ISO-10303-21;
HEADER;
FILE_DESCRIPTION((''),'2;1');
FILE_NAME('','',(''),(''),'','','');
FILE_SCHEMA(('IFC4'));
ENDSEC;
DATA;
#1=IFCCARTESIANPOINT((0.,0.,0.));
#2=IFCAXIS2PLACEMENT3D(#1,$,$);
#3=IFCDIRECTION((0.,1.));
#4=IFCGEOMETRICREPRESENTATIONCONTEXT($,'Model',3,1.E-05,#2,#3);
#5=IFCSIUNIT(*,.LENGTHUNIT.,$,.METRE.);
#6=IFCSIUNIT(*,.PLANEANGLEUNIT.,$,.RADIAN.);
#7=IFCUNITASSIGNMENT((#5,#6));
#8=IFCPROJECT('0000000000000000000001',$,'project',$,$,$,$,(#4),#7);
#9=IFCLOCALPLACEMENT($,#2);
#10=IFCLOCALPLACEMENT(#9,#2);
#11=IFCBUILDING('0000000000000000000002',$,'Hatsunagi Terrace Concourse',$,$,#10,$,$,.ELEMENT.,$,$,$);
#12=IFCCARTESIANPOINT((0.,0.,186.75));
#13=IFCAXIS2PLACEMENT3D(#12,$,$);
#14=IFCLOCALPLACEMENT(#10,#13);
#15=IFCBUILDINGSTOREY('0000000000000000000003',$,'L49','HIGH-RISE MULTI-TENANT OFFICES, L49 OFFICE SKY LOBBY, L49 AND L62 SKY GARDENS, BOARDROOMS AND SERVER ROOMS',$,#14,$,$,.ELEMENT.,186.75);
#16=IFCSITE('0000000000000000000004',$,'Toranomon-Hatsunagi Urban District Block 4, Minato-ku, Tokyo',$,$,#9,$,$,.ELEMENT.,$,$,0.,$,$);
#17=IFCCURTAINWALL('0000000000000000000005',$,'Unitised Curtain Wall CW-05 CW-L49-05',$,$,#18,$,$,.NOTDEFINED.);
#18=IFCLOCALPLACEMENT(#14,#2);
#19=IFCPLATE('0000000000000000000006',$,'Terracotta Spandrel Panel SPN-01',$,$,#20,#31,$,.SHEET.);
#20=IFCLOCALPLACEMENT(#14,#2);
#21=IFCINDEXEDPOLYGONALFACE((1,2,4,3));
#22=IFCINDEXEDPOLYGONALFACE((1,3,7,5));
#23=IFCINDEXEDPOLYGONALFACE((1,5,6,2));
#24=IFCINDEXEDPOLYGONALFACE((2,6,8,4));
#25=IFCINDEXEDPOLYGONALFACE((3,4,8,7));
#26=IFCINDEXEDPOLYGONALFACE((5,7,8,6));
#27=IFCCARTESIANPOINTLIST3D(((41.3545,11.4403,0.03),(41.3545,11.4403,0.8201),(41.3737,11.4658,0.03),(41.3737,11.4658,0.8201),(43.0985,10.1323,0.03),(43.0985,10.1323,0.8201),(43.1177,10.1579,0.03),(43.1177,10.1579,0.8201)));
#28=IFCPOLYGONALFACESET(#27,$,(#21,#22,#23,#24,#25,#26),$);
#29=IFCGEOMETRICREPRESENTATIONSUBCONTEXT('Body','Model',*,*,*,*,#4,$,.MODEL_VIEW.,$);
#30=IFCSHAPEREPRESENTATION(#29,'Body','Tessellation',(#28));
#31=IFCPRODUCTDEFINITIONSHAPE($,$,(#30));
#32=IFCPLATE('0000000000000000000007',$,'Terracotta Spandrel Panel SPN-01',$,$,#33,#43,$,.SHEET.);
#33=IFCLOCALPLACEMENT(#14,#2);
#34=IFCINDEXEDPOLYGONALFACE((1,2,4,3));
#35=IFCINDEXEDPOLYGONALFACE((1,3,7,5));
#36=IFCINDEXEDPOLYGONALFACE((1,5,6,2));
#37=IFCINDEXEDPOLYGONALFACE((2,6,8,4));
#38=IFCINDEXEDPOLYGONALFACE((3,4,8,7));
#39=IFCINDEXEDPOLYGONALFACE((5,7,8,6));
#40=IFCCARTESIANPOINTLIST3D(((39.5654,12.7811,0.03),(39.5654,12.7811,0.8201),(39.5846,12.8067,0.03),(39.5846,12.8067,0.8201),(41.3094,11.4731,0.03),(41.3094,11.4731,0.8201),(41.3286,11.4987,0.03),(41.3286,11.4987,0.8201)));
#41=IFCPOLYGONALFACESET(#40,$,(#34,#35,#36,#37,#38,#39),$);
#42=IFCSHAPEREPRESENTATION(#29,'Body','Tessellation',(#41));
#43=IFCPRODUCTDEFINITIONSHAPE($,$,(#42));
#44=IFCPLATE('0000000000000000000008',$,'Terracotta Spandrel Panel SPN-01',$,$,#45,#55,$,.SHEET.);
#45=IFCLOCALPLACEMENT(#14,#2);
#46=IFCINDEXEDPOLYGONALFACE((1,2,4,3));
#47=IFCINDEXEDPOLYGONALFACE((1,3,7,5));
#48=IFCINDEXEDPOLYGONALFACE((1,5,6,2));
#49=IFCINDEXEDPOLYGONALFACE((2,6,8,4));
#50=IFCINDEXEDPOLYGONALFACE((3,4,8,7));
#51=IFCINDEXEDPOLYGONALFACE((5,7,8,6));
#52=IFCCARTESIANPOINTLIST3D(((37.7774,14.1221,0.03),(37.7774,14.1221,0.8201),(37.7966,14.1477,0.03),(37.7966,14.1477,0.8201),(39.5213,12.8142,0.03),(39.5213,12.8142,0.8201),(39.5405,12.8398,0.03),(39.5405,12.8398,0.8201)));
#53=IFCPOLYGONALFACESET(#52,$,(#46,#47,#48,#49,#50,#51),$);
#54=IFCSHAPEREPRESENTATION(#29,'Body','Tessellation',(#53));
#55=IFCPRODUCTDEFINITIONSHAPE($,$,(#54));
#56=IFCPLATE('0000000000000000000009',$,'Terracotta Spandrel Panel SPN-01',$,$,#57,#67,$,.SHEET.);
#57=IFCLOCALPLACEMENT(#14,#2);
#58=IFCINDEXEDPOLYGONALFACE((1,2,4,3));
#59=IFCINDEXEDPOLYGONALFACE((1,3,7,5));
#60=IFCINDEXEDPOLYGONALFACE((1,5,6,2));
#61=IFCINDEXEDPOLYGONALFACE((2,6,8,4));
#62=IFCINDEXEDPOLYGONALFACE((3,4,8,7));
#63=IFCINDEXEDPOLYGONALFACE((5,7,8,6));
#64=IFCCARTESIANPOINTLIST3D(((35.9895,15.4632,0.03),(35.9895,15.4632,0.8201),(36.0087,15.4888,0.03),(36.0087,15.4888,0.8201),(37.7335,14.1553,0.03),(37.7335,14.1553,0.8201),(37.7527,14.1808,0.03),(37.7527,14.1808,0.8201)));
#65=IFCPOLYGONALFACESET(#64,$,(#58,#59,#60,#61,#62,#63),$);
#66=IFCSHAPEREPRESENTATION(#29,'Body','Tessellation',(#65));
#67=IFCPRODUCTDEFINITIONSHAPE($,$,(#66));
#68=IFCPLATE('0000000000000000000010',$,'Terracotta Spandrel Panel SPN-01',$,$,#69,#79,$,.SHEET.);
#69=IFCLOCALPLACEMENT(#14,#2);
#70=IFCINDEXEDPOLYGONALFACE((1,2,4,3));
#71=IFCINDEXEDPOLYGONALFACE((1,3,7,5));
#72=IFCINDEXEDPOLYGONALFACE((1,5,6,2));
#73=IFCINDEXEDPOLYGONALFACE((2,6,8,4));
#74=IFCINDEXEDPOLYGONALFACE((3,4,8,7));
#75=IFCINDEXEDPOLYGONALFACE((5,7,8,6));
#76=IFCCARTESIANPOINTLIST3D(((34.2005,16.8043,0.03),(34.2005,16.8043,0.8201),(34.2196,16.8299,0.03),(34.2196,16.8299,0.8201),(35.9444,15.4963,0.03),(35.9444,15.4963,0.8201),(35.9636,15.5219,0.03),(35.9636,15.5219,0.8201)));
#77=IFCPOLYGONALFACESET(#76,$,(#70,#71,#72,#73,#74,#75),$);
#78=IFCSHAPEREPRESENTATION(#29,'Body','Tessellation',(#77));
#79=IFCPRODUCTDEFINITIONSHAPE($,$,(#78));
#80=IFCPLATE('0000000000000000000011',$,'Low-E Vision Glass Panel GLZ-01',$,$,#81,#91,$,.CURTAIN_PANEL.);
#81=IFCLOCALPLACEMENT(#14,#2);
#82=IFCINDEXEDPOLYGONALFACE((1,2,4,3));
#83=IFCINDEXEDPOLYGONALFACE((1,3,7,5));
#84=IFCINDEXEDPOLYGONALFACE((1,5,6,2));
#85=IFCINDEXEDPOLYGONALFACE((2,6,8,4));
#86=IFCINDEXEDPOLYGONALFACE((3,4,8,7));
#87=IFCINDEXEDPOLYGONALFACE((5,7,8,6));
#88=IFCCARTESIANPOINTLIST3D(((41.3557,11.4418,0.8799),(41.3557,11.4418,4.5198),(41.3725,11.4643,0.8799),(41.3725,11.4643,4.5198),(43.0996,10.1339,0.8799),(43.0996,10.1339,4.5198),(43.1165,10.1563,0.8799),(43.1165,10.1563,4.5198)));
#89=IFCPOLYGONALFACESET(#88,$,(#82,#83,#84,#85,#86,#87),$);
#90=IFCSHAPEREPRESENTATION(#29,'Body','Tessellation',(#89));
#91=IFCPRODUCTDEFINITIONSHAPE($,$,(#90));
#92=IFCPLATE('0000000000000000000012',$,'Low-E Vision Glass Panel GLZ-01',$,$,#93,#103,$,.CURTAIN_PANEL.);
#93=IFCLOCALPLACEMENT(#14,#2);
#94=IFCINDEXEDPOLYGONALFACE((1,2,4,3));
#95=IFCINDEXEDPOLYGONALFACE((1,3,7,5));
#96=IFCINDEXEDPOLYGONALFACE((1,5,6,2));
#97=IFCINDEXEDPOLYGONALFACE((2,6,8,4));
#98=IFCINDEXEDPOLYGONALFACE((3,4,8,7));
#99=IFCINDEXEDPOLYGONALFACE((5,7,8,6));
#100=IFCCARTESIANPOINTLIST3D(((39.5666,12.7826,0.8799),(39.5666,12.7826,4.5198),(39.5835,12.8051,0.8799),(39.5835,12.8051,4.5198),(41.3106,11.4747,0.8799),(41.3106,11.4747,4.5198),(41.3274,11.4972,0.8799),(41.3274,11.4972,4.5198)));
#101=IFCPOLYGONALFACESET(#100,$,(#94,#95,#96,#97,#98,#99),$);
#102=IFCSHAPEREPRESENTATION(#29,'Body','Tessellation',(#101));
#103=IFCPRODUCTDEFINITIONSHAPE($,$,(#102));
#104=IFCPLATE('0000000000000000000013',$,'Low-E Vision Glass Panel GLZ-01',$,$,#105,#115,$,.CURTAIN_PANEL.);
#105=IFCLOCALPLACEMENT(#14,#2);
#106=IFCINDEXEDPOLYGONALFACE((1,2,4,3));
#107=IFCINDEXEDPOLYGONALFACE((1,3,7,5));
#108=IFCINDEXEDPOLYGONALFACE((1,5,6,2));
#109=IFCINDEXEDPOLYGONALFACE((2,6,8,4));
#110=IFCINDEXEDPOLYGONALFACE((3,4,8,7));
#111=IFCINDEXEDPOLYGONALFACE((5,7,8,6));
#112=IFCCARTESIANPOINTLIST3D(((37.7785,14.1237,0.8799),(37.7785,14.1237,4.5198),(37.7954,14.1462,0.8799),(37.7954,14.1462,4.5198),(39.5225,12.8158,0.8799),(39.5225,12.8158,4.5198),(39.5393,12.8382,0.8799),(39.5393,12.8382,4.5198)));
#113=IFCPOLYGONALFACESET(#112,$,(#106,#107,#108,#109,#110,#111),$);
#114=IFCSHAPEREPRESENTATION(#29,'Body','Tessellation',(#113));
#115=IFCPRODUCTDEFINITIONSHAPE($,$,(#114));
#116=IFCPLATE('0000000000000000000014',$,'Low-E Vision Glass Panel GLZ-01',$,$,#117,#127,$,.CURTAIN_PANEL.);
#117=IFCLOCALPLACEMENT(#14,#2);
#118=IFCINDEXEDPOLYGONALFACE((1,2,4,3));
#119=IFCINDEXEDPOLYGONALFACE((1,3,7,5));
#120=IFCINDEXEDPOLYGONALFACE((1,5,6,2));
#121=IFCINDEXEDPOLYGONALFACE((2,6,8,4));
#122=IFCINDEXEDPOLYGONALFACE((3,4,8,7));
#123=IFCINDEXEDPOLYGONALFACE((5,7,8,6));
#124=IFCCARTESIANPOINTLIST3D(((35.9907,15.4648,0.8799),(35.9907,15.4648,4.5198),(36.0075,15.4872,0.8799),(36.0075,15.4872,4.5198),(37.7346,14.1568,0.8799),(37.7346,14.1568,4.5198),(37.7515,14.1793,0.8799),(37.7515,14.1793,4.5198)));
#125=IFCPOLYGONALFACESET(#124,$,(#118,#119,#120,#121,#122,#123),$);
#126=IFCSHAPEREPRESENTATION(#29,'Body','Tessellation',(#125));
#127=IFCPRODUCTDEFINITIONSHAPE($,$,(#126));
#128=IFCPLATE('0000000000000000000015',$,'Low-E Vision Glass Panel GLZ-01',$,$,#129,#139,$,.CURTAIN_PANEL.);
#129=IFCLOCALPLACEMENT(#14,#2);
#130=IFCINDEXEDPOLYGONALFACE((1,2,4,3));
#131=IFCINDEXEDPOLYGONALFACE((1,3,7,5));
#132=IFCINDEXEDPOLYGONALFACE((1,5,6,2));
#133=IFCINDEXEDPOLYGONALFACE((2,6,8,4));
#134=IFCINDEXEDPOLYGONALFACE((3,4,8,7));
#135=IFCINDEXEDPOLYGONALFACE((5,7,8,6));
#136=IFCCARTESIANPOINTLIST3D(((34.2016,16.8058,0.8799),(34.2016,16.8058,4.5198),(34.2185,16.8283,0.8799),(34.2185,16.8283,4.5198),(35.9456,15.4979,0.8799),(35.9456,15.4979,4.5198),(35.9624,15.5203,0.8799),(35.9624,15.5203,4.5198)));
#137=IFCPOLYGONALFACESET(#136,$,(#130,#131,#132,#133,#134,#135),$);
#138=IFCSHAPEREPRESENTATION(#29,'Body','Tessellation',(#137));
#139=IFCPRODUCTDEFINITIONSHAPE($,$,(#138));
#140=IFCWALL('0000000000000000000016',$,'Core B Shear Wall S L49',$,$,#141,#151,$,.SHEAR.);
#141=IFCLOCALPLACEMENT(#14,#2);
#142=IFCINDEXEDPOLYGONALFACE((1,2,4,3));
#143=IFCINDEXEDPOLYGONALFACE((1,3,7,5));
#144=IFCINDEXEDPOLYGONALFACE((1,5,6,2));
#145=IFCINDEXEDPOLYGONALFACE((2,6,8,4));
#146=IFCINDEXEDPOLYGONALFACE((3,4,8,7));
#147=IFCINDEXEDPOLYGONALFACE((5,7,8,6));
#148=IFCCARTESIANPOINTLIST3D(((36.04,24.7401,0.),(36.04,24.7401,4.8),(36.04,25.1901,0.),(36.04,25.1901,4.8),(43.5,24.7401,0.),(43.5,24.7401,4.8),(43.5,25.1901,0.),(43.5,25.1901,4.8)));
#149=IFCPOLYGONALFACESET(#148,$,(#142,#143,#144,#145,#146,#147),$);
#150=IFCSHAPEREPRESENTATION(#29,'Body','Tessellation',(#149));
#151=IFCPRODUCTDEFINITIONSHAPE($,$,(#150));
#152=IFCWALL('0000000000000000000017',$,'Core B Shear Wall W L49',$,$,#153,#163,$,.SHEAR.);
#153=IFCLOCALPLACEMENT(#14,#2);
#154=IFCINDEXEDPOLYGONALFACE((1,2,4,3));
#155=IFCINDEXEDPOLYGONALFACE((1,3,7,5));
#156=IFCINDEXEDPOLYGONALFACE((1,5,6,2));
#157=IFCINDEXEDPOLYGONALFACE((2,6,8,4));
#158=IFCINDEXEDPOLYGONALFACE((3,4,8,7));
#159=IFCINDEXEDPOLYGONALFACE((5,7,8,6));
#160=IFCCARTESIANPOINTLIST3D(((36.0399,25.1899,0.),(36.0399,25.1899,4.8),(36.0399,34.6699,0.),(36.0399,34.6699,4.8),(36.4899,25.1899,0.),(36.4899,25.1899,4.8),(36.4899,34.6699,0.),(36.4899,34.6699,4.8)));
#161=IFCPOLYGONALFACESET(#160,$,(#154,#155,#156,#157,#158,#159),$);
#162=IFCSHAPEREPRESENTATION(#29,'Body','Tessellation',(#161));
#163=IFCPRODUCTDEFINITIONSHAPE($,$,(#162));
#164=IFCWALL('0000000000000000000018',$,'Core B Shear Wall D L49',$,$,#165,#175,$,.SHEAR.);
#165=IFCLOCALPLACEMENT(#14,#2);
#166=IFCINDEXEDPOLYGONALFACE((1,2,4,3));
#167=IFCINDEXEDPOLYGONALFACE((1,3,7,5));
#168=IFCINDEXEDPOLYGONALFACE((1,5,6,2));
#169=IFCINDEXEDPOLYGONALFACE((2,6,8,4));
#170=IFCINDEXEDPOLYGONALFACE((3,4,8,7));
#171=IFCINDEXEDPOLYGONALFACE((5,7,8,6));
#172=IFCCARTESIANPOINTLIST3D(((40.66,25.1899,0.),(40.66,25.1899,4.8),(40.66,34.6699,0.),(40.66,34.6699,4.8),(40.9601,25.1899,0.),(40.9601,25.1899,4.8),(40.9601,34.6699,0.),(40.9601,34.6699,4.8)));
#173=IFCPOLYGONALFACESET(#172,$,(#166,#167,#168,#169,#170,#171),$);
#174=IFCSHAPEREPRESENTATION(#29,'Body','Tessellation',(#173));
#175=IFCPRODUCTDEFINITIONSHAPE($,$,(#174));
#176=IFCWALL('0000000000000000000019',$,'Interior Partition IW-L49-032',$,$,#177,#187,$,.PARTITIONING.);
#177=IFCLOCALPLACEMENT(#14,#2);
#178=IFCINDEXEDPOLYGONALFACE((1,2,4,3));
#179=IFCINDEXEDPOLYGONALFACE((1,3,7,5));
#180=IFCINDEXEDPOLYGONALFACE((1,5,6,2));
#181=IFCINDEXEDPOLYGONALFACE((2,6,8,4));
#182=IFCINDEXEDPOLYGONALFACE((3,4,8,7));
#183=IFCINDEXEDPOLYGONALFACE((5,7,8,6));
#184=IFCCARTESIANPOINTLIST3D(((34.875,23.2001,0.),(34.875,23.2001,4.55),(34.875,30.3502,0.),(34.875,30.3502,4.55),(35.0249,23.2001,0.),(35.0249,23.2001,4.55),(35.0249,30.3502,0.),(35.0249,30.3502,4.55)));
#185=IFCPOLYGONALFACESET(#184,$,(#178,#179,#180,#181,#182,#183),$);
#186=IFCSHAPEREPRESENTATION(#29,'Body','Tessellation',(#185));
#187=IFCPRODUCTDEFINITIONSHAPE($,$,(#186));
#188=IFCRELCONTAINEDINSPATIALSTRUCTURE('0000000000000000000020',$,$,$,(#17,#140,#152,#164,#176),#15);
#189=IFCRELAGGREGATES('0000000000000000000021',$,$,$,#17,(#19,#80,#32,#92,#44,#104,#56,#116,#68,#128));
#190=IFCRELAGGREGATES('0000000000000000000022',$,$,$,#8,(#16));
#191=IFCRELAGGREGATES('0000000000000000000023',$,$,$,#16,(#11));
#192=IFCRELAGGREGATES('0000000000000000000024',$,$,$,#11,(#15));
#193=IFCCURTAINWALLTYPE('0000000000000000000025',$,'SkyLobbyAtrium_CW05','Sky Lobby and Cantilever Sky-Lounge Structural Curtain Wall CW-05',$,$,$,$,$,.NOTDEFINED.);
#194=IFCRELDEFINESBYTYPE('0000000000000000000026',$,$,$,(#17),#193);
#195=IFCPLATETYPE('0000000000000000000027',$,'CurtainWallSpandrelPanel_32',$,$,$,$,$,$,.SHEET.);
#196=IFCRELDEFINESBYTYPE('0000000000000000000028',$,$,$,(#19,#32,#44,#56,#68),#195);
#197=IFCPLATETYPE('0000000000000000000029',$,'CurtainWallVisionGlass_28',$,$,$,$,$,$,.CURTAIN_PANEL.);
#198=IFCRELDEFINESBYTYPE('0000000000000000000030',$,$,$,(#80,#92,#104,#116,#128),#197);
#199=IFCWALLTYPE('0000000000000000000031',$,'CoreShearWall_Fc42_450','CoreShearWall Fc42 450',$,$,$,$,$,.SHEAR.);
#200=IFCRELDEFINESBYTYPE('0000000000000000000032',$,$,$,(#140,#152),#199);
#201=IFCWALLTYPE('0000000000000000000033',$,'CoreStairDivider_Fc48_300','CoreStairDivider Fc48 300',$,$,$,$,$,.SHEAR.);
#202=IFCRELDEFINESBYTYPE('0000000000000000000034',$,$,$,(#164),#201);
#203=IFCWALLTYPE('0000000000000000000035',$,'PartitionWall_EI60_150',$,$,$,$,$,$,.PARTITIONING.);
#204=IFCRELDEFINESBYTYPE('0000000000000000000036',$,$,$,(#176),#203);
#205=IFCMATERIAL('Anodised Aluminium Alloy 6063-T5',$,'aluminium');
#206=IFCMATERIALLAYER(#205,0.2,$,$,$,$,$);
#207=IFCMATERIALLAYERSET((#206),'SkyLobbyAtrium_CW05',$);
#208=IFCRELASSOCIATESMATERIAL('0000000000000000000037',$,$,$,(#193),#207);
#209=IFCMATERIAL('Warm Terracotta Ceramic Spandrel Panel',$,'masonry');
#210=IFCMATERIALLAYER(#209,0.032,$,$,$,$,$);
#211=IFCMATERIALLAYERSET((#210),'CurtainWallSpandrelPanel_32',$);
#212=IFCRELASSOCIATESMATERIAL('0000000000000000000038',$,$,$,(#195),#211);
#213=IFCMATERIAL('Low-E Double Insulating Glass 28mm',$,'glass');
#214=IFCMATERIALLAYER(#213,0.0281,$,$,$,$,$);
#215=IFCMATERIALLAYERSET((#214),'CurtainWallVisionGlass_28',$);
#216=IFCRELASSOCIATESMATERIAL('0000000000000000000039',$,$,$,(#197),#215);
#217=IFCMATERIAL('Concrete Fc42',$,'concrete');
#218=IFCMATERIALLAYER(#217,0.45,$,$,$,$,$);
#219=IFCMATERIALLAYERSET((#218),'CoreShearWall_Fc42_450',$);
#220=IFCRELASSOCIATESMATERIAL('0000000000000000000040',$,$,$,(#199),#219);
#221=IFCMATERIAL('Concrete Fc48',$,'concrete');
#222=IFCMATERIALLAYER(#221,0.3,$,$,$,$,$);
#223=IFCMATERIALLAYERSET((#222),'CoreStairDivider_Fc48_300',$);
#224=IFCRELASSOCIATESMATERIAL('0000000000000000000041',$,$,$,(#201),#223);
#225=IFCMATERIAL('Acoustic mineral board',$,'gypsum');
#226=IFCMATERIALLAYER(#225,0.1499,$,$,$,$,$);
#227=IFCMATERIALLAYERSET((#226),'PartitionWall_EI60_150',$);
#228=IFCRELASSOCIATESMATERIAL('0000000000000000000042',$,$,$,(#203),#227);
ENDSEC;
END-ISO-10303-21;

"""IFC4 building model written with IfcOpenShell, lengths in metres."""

from ifc_helpers import new_model, si_unit, direction, frame, frame_2d, origin, origin_2d, place, context, subcontext, project, spatial, rectangle, extrude, material, layer, layer_set, type_object, element, aggregate, save


model = new_model("IFC4")

# Units and contexts
model_context = context("Model", 3, precision=1e-05, world=origin(), true_north=direction((0.0, 1.0)))
body_context = subcontext(model_context, "Body", "Model", "MODEL_VIEW")
ifc_project = project(units=[si_unit("LENGTHUNIT", "METRE"), si_unit("PLANEANGLEUNIT", "RADIAN")], contexts=[model_context])

# Site, building, storey
site_placement = place(None, origin())
site = spatial("IfcSite", under=ifc_project, at=site_placement, Name="Toranomon-Hatsunagi Urban District Block 4, Minato-ku, Tokyo", CompositionType="ELEMENT", RefElevation=0.0)
building_placement = place(site_placement, origin())
building = spatial("IfcBuilding", under=site, at=building_placement, Name="Hatsunagi Terrace Concourse", CompositionType="ELEMENT")
storey_placement = place(building_placement, frame((0.0, 0.0, 186.75)))
storey = spatial("IfcBuildingStorey", under=building, at=storey_placement, Name="L49", Description="HIGH-RISE MULTI-TENANT OFFICES, L49 OFFICE SKY LOBBY, L49 AND L62 SKY GARDENS, BOARDROOMS AND SERVER ROOMS", CompositionType="ELEMENT", Elevation=186.75)

# Curtain wall
ifc_material_1 = material(Name="Anodised Aluminium Alloy 6063-T5", Category="aluminium")
ifc_layer_1 = layer(ifc_material_1, 0.2)
ifc_layer_set_1 = layer_set([ifc_layer_1], Name="SkyLobbyAtrium_CW05")
curtain_wall_type = type_object("IfcCurtainWallType", Name="SkyLobbyAtrium_CW05", Description="Sky Lobby and Cantilever Sky-Lounge Structural Curtain Wall CW-05", PredefinedType="NOTDEFINED", material=ifc_layer_set_1)
curtain_wall_placement = place(storey_placement, origin())
curtain_wall = element("IfcCurtainWall", 1, at=curtain_wall_placement, inside=storey, type_object=curtain_wall_type, Name="Unitised Curtain Wall CW-05 CW-L49-05", PredefinedType="NOTDEFINED")

# Plates
ifc_material_2 = material(Name="Warm Terracotta Ceramic Spandrel Panel", Category="masonry")
ifc_layer_2 = layer(ifc_material_2, 0.032)
ifc_layer_set_2 = layer_set([ifc_layer_2], Name="CurtainWallSpandrelPanel_32")
plate_type_1 = type_object("IfcPlateType", Name="CurtainWallSpandrelPanel_32", PredefinedType="SHEET", material=ifc_layer_set_2)
plate_1_placement = place(storey_placement, frame((42.2361, 10.7991, 0.03), z_axis=(0.0, 0.0, 1.0), x_axis=(-0.800005, 0.599993, 0.0)))
plate_1 = element("IfcPlate", 2, at=plate_1_placement, type_object=plate_type_1, Name="Terracotta Spandrel Panel SPN-01", PredefinedType="SHEET", context=body_context, shape_type="SweptSolid", body=[
    extrude(rectangle(XDim=2.1799, YDim=0.032, at=origin_2d()), origin(), (0.0, 0.0, 1.0), 0.79),
])
plate_2_placement = place(storey_placement, frame((40.447, 12.1399, 0.03), z_axis=(0.0, 0.0, 1.0), x_axis=(-0.800005, 0.599993, 0.0)))
plate_2 = element("IfcPlate", 3, at=plate_2_placement, type_object=plate_type_1, Name="Terracotta Spandrel Panel SPN-01", PredefinedType="SHEET", context=body_context, shape_type="SweptSolid", body=[
    extrude(rectangle(XDim=2.1799, YDim=0.032, at=origin_2d()), origin(), (0.0, 0.0, 1.0), 0.79),
])
plate_3_placement = place(storey_placement, frame((38.6589, 13.481, 0.03), z_axis=(0.0, 0.0, 1.0), x_axis=(-0.800005, 0.599993, 0.0)))
plate_3 = element("IfcPlate", 4, at=plate_3_placement, type_object=plate_type_1, Name="Terracotta Spandrel Panel SPN-01", PredefinedType="SHEET", context=body_context, shape_type="SweptSolid", body=[
    extrude(rectangle(XDim=2.1799, YDim=0.032, at=origin_2d()), origin(), (0.0, 0.0, 1.0), 0.79),
])
plate_4_placement = place(storey_placement, frame((36.8711, 14.822, 0.03), z_axis=(0.0, 0.0, 1.0), x_axis=(-0.800005, 0.599993, 0.0)))
plate_4 = element("IfcPlate", 5, at=plate_4_placement, type_object=plate_type_1, Name="Terracotta Spandrel Panel SPN-01", PredefinedType="SHEET", context=body_context, shape_type="SweptSolid", body=[
    extrude(rectangle(XDim=2.1799, YDim=0.032, at=origin_2d()), origin(), (0.0, 0.0, 1.0), 0.79),
])
plate_5_placement = place(storey_placement, frame((35.082, 16.1631, 0.03), z_axis=(0.0, 0.0, 1.0), x_axis=(-0.800005, 0.599993, 0.0)))
plate_5 = element("IfcPlate", 6, at=plate_5_placement, type_object=plate_type_1, Name="Terracotta Spandrel Panel SPN-01", PredefinedType="SHEET", context=body_context, shape_type="SweptSolid", body=[
    extrude(rectangle(XDim=2.1799, YDim=0.032, at=origin_2d()), origin(), (0.0, 0.0, 1.0), 0.79),
])
ifc_material_3 = material(Name="Low-E Double Insulating Glass 28mm", Category="glass")
ifc_layer_3 = layer(ifc_material_3, 0.0281)
ifc_layer_set_3 = layer_set([ifc_layer_3], Name="CurtainWallVisionGlass_28")
plate_type_2 = type_object("IfcPlateType", Name="CurtainWallVisionGlass_28", PredefinedType="CURTAIN_PANEL", material=ifc_layer_set_3)
plate_6_placement = place(storey_placement, frame((42.2361, 10.7991, 0.8799), z_axis=(0.0, 0.0, 1.0), x_axis=(-0.800005, 0.599993, 0.0)))
plate_6 = element("IfcPlate", 7, at=plate_6_placement, type_object=plate_type_2, Name="Low-E Vision Glass Panel GLZ-01", PredefinedType="CURTAIN_PANEL", context=body_context, shape_type="SweptSolid", body=[
    extrude(rectangle(XDim=2.1799, YDim=0.0281, at=origin_2d()), origin(), (0.0, 0.0, 1.0), 3.6399),
])
plate_7_placement = place(storey_placement, frame((40.447, 12.1399, 0.8799), z_axis=(0.0, 0.0, 1.0), x_axis=(-0.800005, 0.599993, 0.0)))
plate_7 = element("IfcPlate", 8, at=plate_7_placement, type_object=plate_type_2, Name="Low-E Vision Glass Panel GLZ-01", PredefinedType="CURTAIN_PANEL", context=body_context, shape_type="SweptSolid", body=[
    extrude(rectangle(XDim=2.1799, YDim=0.0281, at=origin_2d()), origin(), (0.0, 0.0, 1.0), 3.6399),
])
plate_8_placement = place(storey_placement, frame((38.6589, 13.481, 0.8799), z_axis=(0.0, 0.0, 1.0), x_axis=(-0.800005, 0.599993, 0.0)))
plate_8 = element("IfcPlate", 9, at=plate_8_placement, type_object=plate_type_2, Name="Low-E Vision Glass Panel GLZ-01", PredefinedType="CURTAIN_PANEL", context=body_context, shape_type="SweptSolid", body=[
    extrude(rectangle(XDim=2.1799, YDim=0.0281, at=origin_2d()), origin(), (0.0, 0.0, 1.0), 3.6399),
])
plate_9_placement = place(storey_placement, frame((36.8711, 14.822, 0.8799), z_axis=(0.0, 0.0, 1.0), x_axis=(-0.800005, 0.599993, 0.0)))
plate_9 = element("IfcPlate", 10, at=plate_9_placement, type_object=plate_type_2, Name="Low-E Vision Glass Panel GLZ-01", PredefinedType="CURTAIN_PANEL", context=body_context, shape_type="SweptSolid", body=[
    extrude(rectangle(XDim=2.1799, YDim=0.0281, at=origin_2d()), origin(), (0.0, 0.0, 1.0), 3.6399),
])
plate_10_placement = place(storey_placement, frame((35.082, 16.1631, 0.8799), z_axis=(0.0, 0.0, 1.0), x_axis=(-0.800005, 0.599993, 0.0)))
plate_10 = element("IfcPlate", 11, at=plate_10_placement, type_object=plate_type_2, Name="Low-E Vision Glass Panel GLZ-01", PredefinedType="CURTAIN_PANEL", context=body_context, shape_type="SweptSolid", body=[
    extrude(rectangle(XDim=2.1799, YDim=0.0281, at=origin_2d()), origin(), (0.0, 0.0, 1.0), 3.6399),
])
aggregate(curtain_wall, [plate_1, plate_6, plate_2, plate_7, plate_3, plate_8, plate_4, plate_9, plate_5, plate_10])

# Walls
ifc_material_4 = material(Name="Concrete Fc42", Category="concrete")
ifc_layer_4 = layer(ifc_material_4, 0.45)
ifc_layer_set_4 = layer_set([ifc_layer_4], Name="CoreShearWall_Fc42_450")
wall_type_1 = type_object("IfcWallType", Name="CoreShearWall_Fc42_450", Description="CoreShearWall Fc42 450", PredefinedType="SHEAR", material=ifc_layer_set_4)
wall_1_placement = place(storey_placement, frame((36.04, 24.9651, 0.0), z_axis=(0.0, 0.0, 1.0), x_axis=(1.0, 0.0, 0.0)))
element("IfcWall", 12, at=wall_1_placement, inside=storey, type_object=wall_type_1, Name="Core B Shear Wall S L49", PredefinedType="SHEAR", context=body_context, shape_type="SweptSolid", body=[
    extrude(rectangle(XDim=7.46, YDim=0.45, at=frame_2d((3.73, 0.0))), origin(), (0.0, 0.0, 1.0), 4.8),
])
wall_2_placement = place(storey_placement, frame((36.2649, 25.1899, 0.0), z_axis=(0.0, 0.0, 1.0), x_axis=(0.0, 1.0, 0.0)))
element("IfcWall", 13, at=wall_2_placement, inside=storey, type_object=wall_type_1, Name="Core B Shear Wall W L49", PredefinedType="SHEAR", context=body_context, shape_type="SweptSolid", body=[
    extrude(rectangle(XDim=9.48, YDim=0.45, at=frame_2d((4.74, 0.0))), origin(), (0.0, 0.0, 1.0), 4.8),
])
ifc_material_5 = material(Name="Concrete Fc48", Category="concrete")
ifc_layer_5 = layer(ifc_material_5, 0.3)
ifc_layer_set_5 = layer_set([ifc_layer_5], Name="CoreStairDivider_Fc48_300")
wall_type_2 = type_object("IfcWallType", Name="CoreStairDivider_Fc48_300", Description="CoreStairDivider Fc48 300", PredefinedType="SHEAR", material=ifc_layer_set_5)
wall_3_placement = place(storey_placement, frame((40.8101, 25.1899, 0.0), z_axis=(0.0, 0.0, 1.0), x_axis=(0.0, 1.0, 0.0)))
element("IfcWall", 14, at=wall_3_placement, inside=storey, type_object=wall_type_2, Name="Core B Shear Wall D L49", PredefinedType="SHEAR", context=body_context, shape_type="SweptSolid", body=[
    extrude(rectangle(XDim=9.48, YDim=0.3, at=frame_2d((4.74, 0.0))), origin(), (0.0, 0.0, 1.0), 4.8),
])
ifc_material_6 = material(Name="Acoustic mineral board", Category="gypsum")
ifc_layer_6 = layer(ifc_material_6, 0.1499)
ifc_layer_set_6 = layer_set([ifc_layer_6], Name="PartitionWall_EI60_150")
wall_type_3 = type_object("IfcWallType", Name="PartitionWall_EI60_150", PredefinedType="PARTITIONING", material=ifc_layer_set_6)
wall_4_placement = place(storey_placement, frame((34.95, 23.2, 0.0), z_axis=(0.0, 0.0, 1.0), x_axis=(0.0, 1.0, 0.0)))
element("IfcWall", 15, at=wall_4_placement, inside=storey, type_object=wall_type_3, Name="Interior Partition IW-L49-032", PredefinedType="PARTITIONING", context=body_context, shape_type="SweptSolid", body=[
    extrude(rectangle(XDim=7.1501, YDim=0.1499, at=frame_2d((3.5752, 0.0))), origin(), (0.0, 0.0, 1.0), 4.55),
])

save(model, "model.ifc")
